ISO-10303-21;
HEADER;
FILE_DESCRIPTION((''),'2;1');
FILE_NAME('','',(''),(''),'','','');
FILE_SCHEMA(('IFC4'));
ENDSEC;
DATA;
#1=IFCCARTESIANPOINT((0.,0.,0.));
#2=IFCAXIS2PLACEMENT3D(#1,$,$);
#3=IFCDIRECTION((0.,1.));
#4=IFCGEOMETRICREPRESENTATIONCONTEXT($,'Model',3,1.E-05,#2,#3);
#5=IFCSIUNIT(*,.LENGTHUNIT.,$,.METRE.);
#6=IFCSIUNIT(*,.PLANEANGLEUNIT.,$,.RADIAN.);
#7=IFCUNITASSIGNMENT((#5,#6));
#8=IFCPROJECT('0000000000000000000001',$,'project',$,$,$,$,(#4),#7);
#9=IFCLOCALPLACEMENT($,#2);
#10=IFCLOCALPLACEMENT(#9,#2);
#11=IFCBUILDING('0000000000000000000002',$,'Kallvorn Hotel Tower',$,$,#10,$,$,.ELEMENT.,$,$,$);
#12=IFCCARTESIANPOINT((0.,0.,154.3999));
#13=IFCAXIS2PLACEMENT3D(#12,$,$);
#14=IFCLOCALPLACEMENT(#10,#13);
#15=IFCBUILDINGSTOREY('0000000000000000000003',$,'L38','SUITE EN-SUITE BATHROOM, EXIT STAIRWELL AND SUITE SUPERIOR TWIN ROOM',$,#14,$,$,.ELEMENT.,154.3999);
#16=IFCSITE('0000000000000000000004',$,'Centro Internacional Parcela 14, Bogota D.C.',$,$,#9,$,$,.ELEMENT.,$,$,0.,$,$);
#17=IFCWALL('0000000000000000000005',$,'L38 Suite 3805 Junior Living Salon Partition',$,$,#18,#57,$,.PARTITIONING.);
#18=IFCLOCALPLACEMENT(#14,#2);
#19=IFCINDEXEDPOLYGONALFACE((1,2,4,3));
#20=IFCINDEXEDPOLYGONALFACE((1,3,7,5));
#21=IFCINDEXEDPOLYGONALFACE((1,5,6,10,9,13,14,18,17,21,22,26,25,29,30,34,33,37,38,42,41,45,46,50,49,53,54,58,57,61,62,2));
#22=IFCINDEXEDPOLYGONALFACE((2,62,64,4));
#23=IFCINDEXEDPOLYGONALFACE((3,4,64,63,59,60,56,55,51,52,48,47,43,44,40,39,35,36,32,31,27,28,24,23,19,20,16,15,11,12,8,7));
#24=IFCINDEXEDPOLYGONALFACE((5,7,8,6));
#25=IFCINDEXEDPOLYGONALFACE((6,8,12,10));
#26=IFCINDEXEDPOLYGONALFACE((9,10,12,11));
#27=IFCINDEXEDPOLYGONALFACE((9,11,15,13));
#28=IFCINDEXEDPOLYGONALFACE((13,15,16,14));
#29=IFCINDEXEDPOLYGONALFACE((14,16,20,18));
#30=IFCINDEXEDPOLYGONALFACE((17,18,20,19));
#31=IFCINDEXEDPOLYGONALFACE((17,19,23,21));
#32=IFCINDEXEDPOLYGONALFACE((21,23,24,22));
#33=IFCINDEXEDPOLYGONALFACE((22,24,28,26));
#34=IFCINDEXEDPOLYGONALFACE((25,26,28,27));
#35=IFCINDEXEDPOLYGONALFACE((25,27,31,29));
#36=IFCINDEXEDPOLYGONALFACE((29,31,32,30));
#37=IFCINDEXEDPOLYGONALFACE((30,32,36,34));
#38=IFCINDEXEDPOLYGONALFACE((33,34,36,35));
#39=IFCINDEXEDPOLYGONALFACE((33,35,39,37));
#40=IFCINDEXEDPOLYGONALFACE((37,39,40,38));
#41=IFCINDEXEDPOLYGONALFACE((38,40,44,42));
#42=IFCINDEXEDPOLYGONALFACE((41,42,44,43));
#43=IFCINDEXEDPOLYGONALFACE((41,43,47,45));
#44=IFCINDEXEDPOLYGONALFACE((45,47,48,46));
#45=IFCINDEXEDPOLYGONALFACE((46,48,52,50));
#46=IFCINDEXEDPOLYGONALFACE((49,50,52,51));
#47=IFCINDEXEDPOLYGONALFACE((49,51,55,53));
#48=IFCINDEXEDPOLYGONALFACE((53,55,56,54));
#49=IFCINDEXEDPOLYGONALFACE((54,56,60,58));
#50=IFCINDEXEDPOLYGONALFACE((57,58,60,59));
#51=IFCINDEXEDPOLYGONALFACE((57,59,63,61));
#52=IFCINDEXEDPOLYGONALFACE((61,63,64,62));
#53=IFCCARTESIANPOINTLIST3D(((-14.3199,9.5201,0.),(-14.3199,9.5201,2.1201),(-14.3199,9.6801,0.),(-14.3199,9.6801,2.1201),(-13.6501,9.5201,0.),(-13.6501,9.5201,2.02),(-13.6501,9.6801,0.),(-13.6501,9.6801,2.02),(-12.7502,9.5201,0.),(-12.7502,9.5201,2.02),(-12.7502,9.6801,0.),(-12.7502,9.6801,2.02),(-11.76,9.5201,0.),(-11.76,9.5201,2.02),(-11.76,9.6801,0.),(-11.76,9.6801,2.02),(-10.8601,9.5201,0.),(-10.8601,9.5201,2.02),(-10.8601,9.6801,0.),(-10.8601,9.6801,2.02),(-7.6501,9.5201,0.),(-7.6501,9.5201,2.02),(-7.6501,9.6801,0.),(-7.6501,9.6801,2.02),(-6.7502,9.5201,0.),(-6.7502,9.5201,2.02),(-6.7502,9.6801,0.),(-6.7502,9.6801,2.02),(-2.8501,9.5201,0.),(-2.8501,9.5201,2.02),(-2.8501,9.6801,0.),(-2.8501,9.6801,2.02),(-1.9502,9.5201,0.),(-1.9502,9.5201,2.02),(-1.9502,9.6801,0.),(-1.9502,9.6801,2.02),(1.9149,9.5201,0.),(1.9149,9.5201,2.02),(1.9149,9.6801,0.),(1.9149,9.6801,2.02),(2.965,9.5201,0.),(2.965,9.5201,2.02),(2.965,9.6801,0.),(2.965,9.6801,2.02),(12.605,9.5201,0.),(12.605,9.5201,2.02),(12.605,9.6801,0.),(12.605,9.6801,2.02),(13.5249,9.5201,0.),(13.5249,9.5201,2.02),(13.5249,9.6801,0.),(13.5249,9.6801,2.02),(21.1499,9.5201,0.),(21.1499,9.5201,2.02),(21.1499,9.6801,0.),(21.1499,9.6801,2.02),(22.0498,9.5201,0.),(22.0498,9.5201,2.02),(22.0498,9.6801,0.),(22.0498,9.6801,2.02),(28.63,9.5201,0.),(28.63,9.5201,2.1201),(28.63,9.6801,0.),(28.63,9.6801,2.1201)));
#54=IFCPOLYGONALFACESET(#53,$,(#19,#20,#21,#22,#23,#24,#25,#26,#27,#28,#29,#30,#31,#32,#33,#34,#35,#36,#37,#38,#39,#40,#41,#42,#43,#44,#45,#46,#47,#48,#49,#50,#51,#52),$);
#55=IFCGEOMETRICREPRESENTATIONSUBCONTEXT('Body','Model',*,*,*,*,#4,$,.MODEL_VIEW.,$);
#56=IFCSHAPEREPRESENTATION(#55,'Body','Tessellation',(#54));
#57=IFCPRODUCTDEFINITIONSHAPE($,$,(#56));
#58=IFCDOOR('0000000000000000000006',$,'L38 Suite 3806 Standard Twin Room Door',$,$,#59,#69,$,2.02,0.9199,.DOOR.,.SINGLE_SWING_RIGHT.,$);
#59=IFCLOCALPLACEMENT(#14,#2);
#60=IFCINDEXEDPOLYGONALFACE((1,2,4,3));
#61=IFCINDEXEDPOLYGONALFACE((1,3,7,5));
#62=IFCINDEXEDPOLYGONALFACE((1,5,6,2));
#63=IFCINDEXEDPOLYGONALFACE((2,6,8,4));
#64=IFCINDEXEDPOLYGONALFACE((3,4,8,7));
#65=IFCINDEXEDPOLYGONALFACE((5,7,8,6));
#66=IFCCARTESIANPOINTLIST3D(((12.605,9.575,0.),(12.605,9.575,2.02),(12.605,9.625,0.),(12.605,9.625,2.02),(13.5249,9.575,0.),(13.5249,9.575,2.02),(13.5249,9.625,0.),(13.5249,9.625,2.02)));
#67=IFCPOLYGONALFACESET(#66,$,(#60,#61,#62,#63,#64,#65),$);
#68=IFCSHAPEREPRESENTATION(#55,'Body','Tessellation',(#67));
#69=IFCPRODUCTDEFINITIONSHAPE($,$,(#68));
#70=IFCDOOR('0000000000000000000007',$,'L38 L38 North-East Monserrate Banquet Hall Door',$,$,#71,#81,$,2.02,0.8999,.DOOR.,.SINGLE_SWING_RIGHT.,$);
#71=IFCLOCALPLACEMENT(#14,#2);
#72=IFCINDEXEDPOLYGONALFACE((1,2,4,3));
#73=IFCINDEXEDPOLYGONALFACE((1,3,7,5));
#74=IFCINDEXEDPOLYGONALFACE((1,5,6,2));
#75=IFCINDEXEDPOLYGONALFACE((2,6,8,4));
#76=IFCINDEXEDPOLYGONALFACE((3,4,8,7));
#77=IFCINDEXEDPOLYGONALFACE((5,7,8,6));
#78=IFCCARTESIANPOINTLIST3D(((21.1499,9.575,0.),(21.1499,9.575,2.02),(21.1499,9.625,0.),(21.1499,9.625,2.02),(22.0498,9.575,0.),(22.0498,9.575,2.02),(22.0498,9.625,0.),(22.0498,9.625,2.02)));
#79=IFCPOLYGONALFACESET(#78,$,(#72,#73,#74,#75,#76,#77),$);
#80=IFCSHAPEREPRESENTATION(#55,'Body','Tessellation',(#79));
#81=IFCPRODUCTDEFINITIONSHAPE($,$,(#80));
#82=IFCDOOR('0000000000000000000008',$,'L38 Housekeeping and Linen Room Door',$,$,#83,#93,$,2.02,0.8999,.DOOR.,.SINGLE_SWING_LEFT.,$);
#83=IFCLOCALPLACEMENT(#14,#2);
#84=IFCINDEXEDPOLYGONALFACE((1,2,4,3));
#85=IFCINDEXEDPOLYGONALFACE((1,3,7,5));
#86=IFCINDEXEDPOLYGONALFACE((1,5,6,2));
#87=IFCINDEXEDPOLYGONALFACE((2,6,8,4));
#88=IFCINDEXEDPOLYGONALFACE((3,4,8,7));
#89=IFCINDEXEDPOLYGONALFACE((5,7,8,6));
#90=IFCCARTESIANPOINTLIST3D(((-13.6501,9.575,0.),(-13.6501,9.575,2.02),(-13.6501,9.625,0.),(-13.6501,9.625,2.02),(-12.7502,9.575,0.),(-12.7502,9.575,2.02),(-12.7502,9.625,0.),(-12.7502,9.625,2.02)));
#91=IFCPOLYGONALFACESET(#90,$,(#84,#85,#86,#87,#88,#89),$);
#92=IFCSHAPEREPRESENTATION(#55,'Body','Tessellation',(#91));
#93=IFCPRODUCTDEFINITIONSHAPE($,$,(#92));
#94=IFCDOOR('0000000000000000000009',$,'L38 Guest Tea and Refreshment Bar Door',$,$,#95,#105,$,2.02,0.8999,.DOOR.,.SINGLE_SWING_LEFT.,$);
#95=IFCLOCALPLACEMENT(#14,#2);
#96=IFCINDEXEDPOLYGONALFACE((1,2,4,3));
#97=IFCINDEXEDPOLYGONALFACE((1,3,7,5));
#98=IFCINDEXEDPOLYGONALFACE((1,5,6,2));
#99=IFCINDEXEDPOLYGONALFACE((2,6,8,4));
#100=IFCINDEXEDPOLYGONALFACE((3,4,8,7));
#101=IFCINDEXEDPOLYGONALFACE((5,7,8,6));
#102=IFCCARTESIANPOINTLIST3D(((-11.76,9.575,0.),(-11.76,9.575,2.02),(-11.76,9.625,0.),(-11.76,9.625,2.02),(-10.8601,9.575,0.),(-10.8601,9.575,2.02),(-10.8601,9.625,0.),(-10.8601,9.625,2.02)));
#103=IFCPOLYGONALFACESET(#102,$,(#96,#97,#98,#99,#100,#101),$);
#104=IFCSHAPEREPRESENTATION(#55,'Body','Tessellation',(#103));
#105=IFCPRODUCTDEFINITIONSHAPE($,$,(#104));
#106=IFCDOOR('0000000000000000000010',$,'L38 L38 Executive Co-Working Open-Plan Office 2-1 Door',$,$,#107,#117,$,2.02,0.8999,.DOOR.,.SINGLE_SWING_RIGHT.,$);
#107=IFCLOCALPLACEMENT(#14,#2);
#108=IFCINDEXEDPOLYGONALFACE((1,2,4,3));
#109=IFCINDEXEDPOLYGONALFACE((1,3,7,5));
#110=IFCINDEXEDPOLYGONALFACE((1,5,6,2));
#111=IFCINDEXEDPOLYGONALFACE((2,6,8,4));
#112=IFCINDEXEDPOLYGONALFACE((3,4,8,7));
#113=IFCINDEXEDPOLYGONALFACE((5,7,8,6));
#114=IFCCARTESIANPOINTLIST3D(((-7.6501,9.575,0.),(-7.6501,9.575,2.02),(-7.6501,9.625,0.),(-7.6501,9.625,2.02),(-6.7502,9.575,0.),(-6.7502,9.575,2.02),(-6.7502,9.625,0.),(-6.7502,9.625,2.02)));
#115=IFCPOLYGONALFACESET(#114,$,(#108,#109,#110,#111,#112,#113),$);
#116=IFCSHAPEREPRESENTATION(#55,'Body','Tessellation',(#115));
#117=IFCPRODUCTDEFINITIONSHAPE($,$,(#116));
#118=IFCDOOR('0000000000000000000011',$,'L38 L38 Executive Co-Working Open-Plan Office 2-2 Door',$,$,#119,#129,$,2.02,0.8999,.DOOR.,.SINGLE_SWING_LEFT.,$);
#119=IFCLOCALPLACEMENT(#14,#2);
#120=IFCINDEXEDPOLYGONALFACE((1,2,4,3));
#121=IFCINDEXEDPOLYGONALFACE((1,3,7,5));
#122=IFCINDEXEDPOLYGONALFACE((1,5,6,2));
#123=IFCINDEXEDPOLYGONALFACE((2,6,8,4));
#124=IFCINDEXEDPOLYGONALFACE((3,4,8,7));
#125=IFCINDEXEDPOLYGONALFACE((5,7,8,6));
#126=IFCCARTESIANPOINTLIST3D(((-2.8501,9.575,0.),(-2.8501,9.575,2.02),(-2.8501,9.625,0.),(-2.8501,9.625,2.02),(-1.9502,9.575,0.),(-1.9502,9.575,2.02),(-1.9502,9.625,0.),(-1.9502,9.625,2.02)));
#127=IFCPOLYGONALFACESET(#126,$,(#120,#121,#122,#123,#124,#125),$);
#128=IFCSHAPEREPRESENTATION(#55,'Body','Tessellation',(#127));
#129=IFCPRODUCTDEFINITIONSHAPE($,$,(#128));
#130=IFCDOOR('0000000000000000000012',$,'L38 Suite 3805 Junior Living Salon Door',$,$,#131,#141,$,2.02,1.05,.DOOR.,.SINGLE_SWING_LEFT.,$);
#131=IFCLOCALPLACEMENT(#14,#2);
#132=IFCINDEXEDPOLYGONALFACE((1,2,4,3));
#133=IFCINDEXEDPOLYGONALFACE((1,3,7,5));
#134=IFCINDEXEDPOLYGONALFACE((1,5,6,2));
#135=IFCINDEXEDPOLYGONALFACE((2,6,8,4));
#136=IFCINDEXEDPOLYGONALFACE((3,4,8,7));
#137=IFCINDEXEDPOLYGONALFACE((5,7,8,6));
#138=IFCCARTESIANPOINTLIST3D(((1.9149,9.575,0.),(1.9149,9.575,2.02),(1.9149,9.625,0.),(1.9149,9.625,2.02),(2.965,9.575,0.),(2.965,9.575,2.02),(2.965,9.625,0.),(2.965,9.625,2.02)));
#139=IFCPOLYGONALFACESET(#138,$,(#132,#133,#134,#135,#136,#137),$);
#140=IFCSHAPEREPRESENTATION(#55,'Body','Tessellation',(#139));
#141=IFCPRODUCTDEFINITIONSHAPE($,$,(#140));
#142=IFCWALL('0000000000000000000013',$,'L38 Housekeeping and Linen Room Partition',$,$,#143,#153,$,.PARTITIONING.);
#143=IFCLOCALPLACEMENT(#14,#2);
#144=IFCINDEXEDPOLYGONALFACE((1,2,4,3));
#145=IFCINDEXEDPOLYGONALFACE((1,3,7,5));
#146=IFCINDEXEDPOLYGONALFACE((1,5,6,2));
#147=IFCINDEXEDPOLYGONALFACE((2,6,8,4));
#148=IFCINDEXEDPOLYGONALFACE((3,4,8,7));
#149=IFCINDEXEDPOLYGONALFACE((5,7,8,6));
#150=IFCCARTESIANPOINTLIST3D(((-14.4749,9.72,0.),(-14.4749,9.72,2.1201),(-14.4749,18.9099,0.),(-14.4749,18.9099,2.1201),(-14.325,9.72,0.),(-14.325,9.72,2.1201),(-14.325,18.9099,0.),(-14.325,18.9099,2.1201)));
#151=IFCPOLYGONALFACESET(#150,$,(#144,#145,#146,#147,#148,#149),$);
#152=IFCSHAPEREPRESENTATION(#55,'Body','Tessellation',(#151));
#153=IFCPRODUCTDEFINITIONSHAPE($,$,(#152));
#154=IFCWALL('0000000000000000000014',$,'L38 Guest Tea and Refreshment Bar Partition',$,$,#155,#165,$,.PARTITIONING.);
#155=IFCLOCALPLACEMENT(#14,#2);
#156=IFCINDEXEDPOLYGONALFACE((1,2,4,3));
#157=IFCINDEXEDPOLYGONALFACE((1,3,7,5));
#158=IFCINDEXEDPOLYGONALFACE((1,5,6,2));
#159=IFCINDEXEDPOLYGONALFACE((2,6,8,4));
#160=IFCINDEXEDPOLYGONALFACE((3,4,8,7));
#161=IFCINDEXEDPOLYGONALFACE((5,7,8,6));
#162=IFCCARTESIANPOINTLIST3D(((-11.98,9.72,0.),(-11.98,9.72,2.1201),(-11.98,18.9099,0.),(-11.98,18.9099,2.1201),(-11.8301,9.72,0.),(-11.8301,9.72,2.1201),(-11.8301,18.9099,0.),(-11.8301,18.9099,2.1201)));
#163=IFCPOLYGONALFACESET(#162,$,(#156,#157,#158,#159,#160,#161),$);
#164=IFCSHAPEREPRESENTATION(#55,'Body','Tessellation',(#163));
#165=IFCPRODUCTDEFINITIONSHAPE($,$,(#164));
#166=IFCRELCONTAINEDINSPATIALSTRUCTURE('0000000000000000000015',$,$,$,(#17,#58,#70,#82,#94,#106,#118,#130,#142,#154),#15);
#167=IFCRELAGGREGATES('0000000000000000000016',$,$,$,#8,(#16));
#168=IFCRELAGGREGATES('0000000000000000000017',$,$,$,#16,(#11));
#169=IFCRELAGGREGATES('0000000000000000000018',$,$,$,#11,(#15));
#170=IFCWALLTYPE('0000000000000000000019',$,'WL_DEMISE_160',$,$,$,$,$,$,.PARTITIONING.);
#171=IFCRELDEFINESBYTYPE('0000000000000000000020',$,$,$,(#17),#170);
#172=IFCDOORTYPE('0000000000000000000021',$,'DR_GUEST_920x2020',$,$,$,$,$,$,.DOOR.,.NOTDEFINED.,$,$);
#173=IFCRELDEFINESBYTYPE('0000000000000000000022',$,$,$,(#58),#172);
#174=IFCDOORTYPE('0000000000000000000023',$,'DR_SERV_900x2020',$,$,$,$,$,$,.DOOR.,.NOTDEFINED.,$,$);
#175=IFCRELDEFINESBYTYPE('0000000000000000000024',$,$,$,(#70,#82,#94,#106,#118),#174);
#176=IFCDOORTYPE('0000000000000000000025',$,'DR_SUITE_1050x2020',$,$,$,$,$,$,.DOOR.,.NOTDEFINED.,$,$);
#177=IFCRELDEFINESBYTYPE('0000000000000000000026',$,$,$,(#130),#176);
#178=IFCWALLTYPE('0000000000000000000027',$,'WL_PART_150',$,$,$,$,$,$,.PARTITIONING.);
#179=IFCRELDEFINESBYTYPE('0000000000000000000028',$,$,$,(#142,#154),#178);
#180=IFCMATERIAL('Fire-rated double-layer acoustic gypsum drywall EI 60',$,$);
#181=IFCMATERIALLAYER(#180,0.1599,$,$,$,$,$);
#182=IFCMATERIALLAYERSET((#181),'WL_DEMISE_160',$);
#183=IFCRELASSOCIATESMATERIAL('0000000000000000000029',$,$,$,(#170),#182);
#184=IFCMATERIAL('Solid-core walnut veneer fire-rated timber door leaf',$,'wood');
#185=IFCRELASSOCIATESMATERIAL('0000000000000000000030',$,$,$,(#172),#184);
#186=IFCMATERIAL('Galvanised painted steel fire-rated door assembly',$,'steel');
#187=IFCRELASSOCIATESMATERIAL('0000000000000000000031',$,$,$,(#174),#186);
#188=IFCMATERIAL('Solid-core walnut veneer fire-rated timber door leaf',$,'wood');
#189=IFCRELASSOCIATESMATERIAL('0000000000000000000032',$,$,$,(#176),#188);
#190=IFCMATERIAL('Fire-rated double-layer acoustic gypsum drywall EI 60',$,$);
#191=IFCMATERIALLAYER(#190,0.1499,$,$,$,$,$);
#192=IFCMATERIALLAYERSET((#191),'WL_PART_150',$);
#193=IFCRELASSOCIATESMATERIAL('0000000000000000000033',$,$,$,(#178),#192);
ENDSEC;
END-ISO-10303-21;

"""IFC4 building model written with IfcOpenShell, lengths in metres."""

from ifc_helpers import new_model, si_unit, direction, frame, frame_2d, origin, place, context, subcontext, project, spatial, rectangle, extrude, material, layer, layer_set, type_object, element, fill, save


model = new_model("IFC4")

# Units and contexts
model_context = context("Model", 3, precision=1e-05, world=origin(), true_north=direction((0.0, 1.0)))
body_context = subcontext(model_context, "Body", "Model", "MODEL_VIEW")
ifc_project = project(units=[si_unit("LENGTHUNIT", "METRE"), si_unit("PLANEANGLEUNIT", "RADIAN")], contexts=[model_context])

# Site, building, storey
site_placement = place(None, origin())
site = spatial("IfcSite", under=ifc_project, at=site_placement, Name="Centro Internacional Parcela 14, Bogota D.C.", CompositionType="ELEMENT", RefElevation=0.0)
building_placement = place(site_placement, origin())
building = spatial("IfcBuilding", under=site, at=building_placement, Name="Kallvorn Hotel Tower", CompositionType="ELEMENT")
storey_placement = place(building_placement, frame((0.0, 0.0, 154.3999)))
storey = spatial("IfcBuildingStorey", under=building, at=storey_placement, Name="L38", Description="SUITE EN-SUITE BATHROOM, EXIT STAIRWELL AND SUITE SUPERIOR TWIN ROOM", CompositionType="ELEMENT", Elevation=154.3999)

# Wall, openings, doors
ifc_material_1 = material(Name="Fire-rated double-layer acoustic gypsum drywall EI 60")
ifc_layer_1 = layer(ifc_material_1, 0.1599)
ifc_layer_set_1 = layer_set([ifc_layer_1], Name="WL_DEMISE_160")
wall_type_1 = type_object("IfcWallType", Name="WL_DEMISE_160", PredefinedType="PARTITIONING", material=ifc_layer_set_1)
wall_placement = place(storey_placement, frame((-14.3201, 9.6001, 0.0), z_axis=(0.0, 0.0, 1.0), x_axis=(1.0, 0.0, 0.0)))
wall = element("IfcWall", 1, at=wall_placement, inside=storey, type_object=wall_type_1, Name="L38 Suite 3805 Junior Living Salon Partition", PredefinedType="PARTITIONING", context=body_context, shape_type="SweptSolid", body=[
    extrude(rectangle(XDim=42.95, YDim=0.1599, at=frame_2d((21.4751, 0.0))), origin(), (0.0, 0.0, 1.0), 2.1201),
])
opening_1_placement = place(wall_placement, frame((35.47, 0.0, 0.0)))
opening_1 = element("IfcOpeningElement", 2, at=opening_1_placement, cuts=wall, PredefinedType="OPENING", context=body_context, shape_type="SweptSolid", body=[
    extrude(rectangle(XDim=0.8999, YDim=2.02, at=frame_2d((0.45, 1.01))), frame((0.0, 0.095, 0.0), z_axis=(0.0, -1.0, 0.0), x_axis=(1.0, 0.0, 0.0)), (0.0, 0.0, 1.0), 0.1899),
])
opening_2_placement = place(wall_placement, frame((0.6699, 0.0, 0.0)))
opening_2 = element("IfcOpeningElement", 3, at=opening_2_placement, cuts=wall, PredefinedType="OPENING", context=body_context, shape_type="SweptSolid", body=[
    extrude(rectangle(XDim=0.8999, YDim=2.02, at=frame_2d((0.45, 1.01))), frame((0.0, 0.095, 0.0), z_axis=(0.0, -1.0, 0.0), x_axis=(1.0, 0.0, 0.0)), (0.0, 0.0, 1.0), 0.1899),
])
opening_3_placement = place(wall_placement, frame((2.5601, 0.0, 0.0)))
opening_3 = element("IfcOpeningElement", 4, at=opening_3_placement, cuts=wall, PredefinedType="OPENING", context=body_context, shape_type="SweptSolid", body=[
    extrude(rectangle(XDim=0.8999, YDim=2.02, at=frame_2d((0.45, 1.01))), frame((0.0, 0.095, 0.0), z_axis=(0.0, -1.0, 0.0), x_axis=(1.0, 0.0, 0.0)), (0.0, 0.0, 1.0), 0.1899),
])
opening_4_placement = place(wall_placement, frame((6.6699, 0.0, 0.0)))
opening_4 = element("IfcOpeningElement", 5, at=opening_4_placement, cuts=wall, PredefinedType="OPENING", context=body_context, shape_type="SweptSolid", body=[
    extrude(rectangle(XDim=0.8999, YDim=2.02, at=frame_2d((0.45, 1.01))), frame((0.0, 0.095, 0.0), z_axis=(0.0, -1.0, 0.0), x_axis=(1.0, 0.0, 0.0)), (0.0, 0.0, 1.0), 0.1899),
])
opening_5_placement = place(wall_placement, frame((11.47, 0.0, 0.0)))
opening_5 = element("IfcOpeningElement", 6, at=opening_5_placement, cuts=wall, PredefinedType="OPENING", context=body_context, shape_type="SweptSolid", body=[
    extrude(rectangle(XDim=0.8999, YDim=2.02, at=frame_2d((0.45, 1.01))), frame((0.0, 0.095, 0.0), z_axis=(0.0, -1.0, 0.0), x_axis=(1.0, 0.0, 0.0)), (0.0, 0.0, 1.0), 0.1899),
])
opening_6_placement = place(wall_placement, frame((16.2351, 0.0, 0.0)))
opening_6 = element("IfcOpeningElement", 7, at=opening_6_placement, cuts=wall, PredefinedType="OPENING", context=body_context, shape_type="SweptSolid", body=[
    extrude(rectangle(XDim=1.05, YDim=2.02, at=frame_2d((0.5249, 1.01))), frame((0.0, 0.095, 0.0), z_axis=(0.0, -1.0, 0.0), x_axis=(1.0, 0.0, 0.0)), (0.0, 0.0, 1.0), 0.1899),
])
opening_7_placement = place(wall_placement, frame((26.925, 0.0, 0.0)))
opening_7 = element("IfcOpeningElement", 8, at=opening_7_placement, cuts=wall, PredefinedType="OPENING", context=body_context, shape_type="SweptSolid", body=[
    extrude(rectangle(XDim=0.9199, YDim=2.02, at=frame_2d((0.46, 1.01))), frame((0.0, 0.095, 0.0), z_axis=(0.0, -1.0, 0.0), x_axis=(1.0, 0.0, 0.0)), (0.0, 0.0, 1.0), 0.1899),
])
ifc_material_2 = material(Name="Solid-core walnut veneer fire-rated timber door leaf", Category="wood")
door_type_1 = type_object("IfcDoorType", Name="DR_GUEST_920x2020", OperationType="NOTDEFINED", PredefinedType="DOOR", material=ifc_material_2)
door_1_placement = place(opening_7_placement, origin())
door_1 = element("IfcDoor", 9, at=door_1_placement, inside=storey, type_object=door_type_1, Name="L38 Suite 3806 Standard Twin Room Door", OperationType="SINGLE_SWING_RIGHT", OverallHeight=2.02, OverallWidth=0.9199, PredefinedType="DOOR", context=body_context, shape_type="SweptSolid", body=[
    extrude(rectangle(XDim=0.9199, YDim=2.02, at=frame_2d((0.46, 1.01))), frame((0.0, 0.0249, 0.0), z_axis=(0.0, -1.0, 0.0), x_axis=(1.0, 0.0, 0.0)), (0.0, 0.0, 1.0), 0.05),
])
fill(opening_7, door_1)
ifc_material_3 = material(Name="Galvanised painted steel fire-rated door assembly", Category="steel")
door_type_2 = type_object("IfcDoorType", Name="DR_SERV_900x2020", OperationType="NOTDEFINED", PredefinedType="DOOR", material=ifc_material_3)
door_2_placement = place(opening_1_placement, origin())
door_2 = element("IfcDoor", 10, at=door_2_placement, inside=storey, type_object=door_type_2, Name="L38 L38 North-East Monserrate Banquet Hall Door", OperationType="SINGLE_SWING_RIGHT", OverallHeight=2.02, OverallWidth=0.8999, PredefinedType="DOOR", context=body_context, shape_type="SweptSolid", body=[
    extrude(rectangle(XDim=0.8999, YDim=2.02, at=frame_2d((0.45, 1.01))), frame((0.0, 0.0249, 0.0), z_axis=(0.0, -1.0, 0.0), x_axis=(1.0, 0.0, 0.0)), (0.0, 0.0, 1.0), 0.05),
])
fill(opening_1, door_2)
door_3_placement = place(opening_2_placement, origin())
door_3 = element("IfcDoor", 11, at=door_3_placement, inside=storey, type_object=door_type_2, Name="L38 Housekeeping and Linen Room Door", OperationType="SINGLE_SWING_LEFT", OverallHeight=2.02, OverallWidth=0.8999, PredefinedType="DOOR", context=body_context, shape_type="SweptSolid", body=[
    extrude(rectangle(XDim=0.8999, YDim=2.02, at=frame_2d((0.45, 1.01))), frame((0.0, 0.0249, 0.0), z_axis=(0.0, -1.0, 0.0), x_axis=(1.0, 0.0, 0.0)), (0.0, 0.0, 1.0), 0.05),
])
fill(opening_2, door_3)
door_4_placement = place(opening_3_placement, origin())
door_4 = element("IfcDoor", 12, at=door_4_placement, inside=storey, type_object=door_type_2, Name="L38 Guest Tea and Refreshment Bar Door", OperationType="SINGLE_SWING_LEFT", OverallHeight=2.02, OverallWidth=0.8999, PredefinedType="DOOR", context=body_context, shape_type="SweptSolid", body=[
    extrude(rectangle(XDim=0.8999, YDim=2.02, at=frame_2d((0.45, 1.01))), frame((0.0, 0.0249, 0.0), z_axis=(0.0, -1.0, 0.0), x_axis=(1.0, 0.0, 0.0)), (0.0, 0.0, 1.0), 0.05),
])
fill(opening_3, door_4)
door_5_placement = place(opening_4_placement, origin())
door_5 = element("IfcDoor", 13, at=door_5_placement, inside=storey, type_object=door_type_2, Name="L38 L38 Executive Co-Working Open-Plan Office 2-1 Door", OperationType="SINGLE_SWING_RIGHT", OverallHeight=2.02, OverallWidth=0.8999, PredefinedType="DOOR", context=body_context, shape_type="SweptSolid", body=[
    extrude(rectangle(XDim=0.8999, YDim=2.02, at=frame_2d((0.45, 1.01))), frame((0.0, 0.0249, 0.0), z_axis=(0.0, -1.0, 0.0), x_axis=(1.0, 0.0, 0.0)), (0.0, 0.0, 1.0), 0.05),
])
fill(opening_4, door_5)
door_6_placement = place(opening_5_placement, origin())
door_6 = element("IfcDoor", 14, at=door_6_placement, inside=storey, type_object=door_type_2, Name="L38 L38 Executive Co-Working Open-Plan Office 2-2 Door", OperationType="SINGLE_SWING_LEFT", OverallHeight=2.02, OverallWidth=0.8999, PredefinedType="DOOR", context=body_context, shape_type="SweptSolid", body=[
    extrude(rectangle(XDim=0.8999, YDim=2.02, at=frame_2d((0.45, 1.01))), frame((0.0, 0.0249, 0.0), z_axis=(0.0, -1.0, 0.0), x_axis=(1.0, 0.0, 0.0)), (0.0, 0.0, 1.0), 0.05),
])
fill(opening_5, door_6)
ifc_material_4 = material(Name="Solid-core walnut veneer fire-rated timber door leaf", Category="wood")
door_type_3 = type_object("IfcDoorType", Name="DR_SUITE_1050x2020", OperationType="NOTDEFINED", PredefinedType="DOOR", material=ifc_material_4)
door_7_placement = place(opening_6_placement, origin())
door_7 = element("IfcDoor", 15, at=door_7_placement, inside=storey, type_object=door_type_3, Name="L38 Suite 3805 Junior Living Salon Door", OperationType="SINGLE_SWING_LEFT", OverallHeight=2.02, OverallWidth=1.05, PredefinedType="DOOR", context=body_context, shape_type="SweptSolid", body=[
    extrude(rectangle(XDim=1.05, YDim=2.02, at=frame_2d((0.5249, 1.01))), frame((0.0, 0.0249, 0.0), z_axis=(0.0, -1.0, 0.0), x_axis=(1.0, 0.0, 0.0)), (0.0, 0.0, 1.0), 0.05),
])
fill(opening_6, door_7)

# Walls
ifc_material_5 = material(Name="Fire-rated double-layer acoustic gypsum drywall EI 60")
ifc_layer_2 = layer(ifc_material_5, 0.1499)
ifc_layer_set_2 = layer_set([ifc_layer_2], Name="WL_PART_150")
wall_type_2 = type_object("IfcWallType", Name="WL_PART_150", PredefinedType="PARTITIONING", material=ifc_layer_set_2)
for number, where, z_axis, x_axis, name in (
    (16, (-14.3999, 9.72, 0.0), (0.0, 0.0, 1.0), (0.0, 1.0, 0.0), "L38 Housekeeping and Linen Room Partition"),
    (17, (-11.905, 9.72, 0.0), (0.0, 0.0, 1.0), (0.0, 1.0, 0.0), "L38 Guest Tea and Refreshment Bar Partition"),
):
    element("IfcWall", number, at=place(storey_placement, frame(where, z_axis=z_axis, x_axis=x_axis)), inside=storey, type_object=wall_type_2, Name=name, PredefinedType="PARTITIONING", context=body_context, shape_type="SweptSolid", body=[
        extrude(rectangle(XDim=9.1899, YDim=0.1499, at=frame_2d((4.595, 0.0))), origin(), (0.0, 0.0, 1.0), 2.1201),
    ])

save(model, "model.ifc")
